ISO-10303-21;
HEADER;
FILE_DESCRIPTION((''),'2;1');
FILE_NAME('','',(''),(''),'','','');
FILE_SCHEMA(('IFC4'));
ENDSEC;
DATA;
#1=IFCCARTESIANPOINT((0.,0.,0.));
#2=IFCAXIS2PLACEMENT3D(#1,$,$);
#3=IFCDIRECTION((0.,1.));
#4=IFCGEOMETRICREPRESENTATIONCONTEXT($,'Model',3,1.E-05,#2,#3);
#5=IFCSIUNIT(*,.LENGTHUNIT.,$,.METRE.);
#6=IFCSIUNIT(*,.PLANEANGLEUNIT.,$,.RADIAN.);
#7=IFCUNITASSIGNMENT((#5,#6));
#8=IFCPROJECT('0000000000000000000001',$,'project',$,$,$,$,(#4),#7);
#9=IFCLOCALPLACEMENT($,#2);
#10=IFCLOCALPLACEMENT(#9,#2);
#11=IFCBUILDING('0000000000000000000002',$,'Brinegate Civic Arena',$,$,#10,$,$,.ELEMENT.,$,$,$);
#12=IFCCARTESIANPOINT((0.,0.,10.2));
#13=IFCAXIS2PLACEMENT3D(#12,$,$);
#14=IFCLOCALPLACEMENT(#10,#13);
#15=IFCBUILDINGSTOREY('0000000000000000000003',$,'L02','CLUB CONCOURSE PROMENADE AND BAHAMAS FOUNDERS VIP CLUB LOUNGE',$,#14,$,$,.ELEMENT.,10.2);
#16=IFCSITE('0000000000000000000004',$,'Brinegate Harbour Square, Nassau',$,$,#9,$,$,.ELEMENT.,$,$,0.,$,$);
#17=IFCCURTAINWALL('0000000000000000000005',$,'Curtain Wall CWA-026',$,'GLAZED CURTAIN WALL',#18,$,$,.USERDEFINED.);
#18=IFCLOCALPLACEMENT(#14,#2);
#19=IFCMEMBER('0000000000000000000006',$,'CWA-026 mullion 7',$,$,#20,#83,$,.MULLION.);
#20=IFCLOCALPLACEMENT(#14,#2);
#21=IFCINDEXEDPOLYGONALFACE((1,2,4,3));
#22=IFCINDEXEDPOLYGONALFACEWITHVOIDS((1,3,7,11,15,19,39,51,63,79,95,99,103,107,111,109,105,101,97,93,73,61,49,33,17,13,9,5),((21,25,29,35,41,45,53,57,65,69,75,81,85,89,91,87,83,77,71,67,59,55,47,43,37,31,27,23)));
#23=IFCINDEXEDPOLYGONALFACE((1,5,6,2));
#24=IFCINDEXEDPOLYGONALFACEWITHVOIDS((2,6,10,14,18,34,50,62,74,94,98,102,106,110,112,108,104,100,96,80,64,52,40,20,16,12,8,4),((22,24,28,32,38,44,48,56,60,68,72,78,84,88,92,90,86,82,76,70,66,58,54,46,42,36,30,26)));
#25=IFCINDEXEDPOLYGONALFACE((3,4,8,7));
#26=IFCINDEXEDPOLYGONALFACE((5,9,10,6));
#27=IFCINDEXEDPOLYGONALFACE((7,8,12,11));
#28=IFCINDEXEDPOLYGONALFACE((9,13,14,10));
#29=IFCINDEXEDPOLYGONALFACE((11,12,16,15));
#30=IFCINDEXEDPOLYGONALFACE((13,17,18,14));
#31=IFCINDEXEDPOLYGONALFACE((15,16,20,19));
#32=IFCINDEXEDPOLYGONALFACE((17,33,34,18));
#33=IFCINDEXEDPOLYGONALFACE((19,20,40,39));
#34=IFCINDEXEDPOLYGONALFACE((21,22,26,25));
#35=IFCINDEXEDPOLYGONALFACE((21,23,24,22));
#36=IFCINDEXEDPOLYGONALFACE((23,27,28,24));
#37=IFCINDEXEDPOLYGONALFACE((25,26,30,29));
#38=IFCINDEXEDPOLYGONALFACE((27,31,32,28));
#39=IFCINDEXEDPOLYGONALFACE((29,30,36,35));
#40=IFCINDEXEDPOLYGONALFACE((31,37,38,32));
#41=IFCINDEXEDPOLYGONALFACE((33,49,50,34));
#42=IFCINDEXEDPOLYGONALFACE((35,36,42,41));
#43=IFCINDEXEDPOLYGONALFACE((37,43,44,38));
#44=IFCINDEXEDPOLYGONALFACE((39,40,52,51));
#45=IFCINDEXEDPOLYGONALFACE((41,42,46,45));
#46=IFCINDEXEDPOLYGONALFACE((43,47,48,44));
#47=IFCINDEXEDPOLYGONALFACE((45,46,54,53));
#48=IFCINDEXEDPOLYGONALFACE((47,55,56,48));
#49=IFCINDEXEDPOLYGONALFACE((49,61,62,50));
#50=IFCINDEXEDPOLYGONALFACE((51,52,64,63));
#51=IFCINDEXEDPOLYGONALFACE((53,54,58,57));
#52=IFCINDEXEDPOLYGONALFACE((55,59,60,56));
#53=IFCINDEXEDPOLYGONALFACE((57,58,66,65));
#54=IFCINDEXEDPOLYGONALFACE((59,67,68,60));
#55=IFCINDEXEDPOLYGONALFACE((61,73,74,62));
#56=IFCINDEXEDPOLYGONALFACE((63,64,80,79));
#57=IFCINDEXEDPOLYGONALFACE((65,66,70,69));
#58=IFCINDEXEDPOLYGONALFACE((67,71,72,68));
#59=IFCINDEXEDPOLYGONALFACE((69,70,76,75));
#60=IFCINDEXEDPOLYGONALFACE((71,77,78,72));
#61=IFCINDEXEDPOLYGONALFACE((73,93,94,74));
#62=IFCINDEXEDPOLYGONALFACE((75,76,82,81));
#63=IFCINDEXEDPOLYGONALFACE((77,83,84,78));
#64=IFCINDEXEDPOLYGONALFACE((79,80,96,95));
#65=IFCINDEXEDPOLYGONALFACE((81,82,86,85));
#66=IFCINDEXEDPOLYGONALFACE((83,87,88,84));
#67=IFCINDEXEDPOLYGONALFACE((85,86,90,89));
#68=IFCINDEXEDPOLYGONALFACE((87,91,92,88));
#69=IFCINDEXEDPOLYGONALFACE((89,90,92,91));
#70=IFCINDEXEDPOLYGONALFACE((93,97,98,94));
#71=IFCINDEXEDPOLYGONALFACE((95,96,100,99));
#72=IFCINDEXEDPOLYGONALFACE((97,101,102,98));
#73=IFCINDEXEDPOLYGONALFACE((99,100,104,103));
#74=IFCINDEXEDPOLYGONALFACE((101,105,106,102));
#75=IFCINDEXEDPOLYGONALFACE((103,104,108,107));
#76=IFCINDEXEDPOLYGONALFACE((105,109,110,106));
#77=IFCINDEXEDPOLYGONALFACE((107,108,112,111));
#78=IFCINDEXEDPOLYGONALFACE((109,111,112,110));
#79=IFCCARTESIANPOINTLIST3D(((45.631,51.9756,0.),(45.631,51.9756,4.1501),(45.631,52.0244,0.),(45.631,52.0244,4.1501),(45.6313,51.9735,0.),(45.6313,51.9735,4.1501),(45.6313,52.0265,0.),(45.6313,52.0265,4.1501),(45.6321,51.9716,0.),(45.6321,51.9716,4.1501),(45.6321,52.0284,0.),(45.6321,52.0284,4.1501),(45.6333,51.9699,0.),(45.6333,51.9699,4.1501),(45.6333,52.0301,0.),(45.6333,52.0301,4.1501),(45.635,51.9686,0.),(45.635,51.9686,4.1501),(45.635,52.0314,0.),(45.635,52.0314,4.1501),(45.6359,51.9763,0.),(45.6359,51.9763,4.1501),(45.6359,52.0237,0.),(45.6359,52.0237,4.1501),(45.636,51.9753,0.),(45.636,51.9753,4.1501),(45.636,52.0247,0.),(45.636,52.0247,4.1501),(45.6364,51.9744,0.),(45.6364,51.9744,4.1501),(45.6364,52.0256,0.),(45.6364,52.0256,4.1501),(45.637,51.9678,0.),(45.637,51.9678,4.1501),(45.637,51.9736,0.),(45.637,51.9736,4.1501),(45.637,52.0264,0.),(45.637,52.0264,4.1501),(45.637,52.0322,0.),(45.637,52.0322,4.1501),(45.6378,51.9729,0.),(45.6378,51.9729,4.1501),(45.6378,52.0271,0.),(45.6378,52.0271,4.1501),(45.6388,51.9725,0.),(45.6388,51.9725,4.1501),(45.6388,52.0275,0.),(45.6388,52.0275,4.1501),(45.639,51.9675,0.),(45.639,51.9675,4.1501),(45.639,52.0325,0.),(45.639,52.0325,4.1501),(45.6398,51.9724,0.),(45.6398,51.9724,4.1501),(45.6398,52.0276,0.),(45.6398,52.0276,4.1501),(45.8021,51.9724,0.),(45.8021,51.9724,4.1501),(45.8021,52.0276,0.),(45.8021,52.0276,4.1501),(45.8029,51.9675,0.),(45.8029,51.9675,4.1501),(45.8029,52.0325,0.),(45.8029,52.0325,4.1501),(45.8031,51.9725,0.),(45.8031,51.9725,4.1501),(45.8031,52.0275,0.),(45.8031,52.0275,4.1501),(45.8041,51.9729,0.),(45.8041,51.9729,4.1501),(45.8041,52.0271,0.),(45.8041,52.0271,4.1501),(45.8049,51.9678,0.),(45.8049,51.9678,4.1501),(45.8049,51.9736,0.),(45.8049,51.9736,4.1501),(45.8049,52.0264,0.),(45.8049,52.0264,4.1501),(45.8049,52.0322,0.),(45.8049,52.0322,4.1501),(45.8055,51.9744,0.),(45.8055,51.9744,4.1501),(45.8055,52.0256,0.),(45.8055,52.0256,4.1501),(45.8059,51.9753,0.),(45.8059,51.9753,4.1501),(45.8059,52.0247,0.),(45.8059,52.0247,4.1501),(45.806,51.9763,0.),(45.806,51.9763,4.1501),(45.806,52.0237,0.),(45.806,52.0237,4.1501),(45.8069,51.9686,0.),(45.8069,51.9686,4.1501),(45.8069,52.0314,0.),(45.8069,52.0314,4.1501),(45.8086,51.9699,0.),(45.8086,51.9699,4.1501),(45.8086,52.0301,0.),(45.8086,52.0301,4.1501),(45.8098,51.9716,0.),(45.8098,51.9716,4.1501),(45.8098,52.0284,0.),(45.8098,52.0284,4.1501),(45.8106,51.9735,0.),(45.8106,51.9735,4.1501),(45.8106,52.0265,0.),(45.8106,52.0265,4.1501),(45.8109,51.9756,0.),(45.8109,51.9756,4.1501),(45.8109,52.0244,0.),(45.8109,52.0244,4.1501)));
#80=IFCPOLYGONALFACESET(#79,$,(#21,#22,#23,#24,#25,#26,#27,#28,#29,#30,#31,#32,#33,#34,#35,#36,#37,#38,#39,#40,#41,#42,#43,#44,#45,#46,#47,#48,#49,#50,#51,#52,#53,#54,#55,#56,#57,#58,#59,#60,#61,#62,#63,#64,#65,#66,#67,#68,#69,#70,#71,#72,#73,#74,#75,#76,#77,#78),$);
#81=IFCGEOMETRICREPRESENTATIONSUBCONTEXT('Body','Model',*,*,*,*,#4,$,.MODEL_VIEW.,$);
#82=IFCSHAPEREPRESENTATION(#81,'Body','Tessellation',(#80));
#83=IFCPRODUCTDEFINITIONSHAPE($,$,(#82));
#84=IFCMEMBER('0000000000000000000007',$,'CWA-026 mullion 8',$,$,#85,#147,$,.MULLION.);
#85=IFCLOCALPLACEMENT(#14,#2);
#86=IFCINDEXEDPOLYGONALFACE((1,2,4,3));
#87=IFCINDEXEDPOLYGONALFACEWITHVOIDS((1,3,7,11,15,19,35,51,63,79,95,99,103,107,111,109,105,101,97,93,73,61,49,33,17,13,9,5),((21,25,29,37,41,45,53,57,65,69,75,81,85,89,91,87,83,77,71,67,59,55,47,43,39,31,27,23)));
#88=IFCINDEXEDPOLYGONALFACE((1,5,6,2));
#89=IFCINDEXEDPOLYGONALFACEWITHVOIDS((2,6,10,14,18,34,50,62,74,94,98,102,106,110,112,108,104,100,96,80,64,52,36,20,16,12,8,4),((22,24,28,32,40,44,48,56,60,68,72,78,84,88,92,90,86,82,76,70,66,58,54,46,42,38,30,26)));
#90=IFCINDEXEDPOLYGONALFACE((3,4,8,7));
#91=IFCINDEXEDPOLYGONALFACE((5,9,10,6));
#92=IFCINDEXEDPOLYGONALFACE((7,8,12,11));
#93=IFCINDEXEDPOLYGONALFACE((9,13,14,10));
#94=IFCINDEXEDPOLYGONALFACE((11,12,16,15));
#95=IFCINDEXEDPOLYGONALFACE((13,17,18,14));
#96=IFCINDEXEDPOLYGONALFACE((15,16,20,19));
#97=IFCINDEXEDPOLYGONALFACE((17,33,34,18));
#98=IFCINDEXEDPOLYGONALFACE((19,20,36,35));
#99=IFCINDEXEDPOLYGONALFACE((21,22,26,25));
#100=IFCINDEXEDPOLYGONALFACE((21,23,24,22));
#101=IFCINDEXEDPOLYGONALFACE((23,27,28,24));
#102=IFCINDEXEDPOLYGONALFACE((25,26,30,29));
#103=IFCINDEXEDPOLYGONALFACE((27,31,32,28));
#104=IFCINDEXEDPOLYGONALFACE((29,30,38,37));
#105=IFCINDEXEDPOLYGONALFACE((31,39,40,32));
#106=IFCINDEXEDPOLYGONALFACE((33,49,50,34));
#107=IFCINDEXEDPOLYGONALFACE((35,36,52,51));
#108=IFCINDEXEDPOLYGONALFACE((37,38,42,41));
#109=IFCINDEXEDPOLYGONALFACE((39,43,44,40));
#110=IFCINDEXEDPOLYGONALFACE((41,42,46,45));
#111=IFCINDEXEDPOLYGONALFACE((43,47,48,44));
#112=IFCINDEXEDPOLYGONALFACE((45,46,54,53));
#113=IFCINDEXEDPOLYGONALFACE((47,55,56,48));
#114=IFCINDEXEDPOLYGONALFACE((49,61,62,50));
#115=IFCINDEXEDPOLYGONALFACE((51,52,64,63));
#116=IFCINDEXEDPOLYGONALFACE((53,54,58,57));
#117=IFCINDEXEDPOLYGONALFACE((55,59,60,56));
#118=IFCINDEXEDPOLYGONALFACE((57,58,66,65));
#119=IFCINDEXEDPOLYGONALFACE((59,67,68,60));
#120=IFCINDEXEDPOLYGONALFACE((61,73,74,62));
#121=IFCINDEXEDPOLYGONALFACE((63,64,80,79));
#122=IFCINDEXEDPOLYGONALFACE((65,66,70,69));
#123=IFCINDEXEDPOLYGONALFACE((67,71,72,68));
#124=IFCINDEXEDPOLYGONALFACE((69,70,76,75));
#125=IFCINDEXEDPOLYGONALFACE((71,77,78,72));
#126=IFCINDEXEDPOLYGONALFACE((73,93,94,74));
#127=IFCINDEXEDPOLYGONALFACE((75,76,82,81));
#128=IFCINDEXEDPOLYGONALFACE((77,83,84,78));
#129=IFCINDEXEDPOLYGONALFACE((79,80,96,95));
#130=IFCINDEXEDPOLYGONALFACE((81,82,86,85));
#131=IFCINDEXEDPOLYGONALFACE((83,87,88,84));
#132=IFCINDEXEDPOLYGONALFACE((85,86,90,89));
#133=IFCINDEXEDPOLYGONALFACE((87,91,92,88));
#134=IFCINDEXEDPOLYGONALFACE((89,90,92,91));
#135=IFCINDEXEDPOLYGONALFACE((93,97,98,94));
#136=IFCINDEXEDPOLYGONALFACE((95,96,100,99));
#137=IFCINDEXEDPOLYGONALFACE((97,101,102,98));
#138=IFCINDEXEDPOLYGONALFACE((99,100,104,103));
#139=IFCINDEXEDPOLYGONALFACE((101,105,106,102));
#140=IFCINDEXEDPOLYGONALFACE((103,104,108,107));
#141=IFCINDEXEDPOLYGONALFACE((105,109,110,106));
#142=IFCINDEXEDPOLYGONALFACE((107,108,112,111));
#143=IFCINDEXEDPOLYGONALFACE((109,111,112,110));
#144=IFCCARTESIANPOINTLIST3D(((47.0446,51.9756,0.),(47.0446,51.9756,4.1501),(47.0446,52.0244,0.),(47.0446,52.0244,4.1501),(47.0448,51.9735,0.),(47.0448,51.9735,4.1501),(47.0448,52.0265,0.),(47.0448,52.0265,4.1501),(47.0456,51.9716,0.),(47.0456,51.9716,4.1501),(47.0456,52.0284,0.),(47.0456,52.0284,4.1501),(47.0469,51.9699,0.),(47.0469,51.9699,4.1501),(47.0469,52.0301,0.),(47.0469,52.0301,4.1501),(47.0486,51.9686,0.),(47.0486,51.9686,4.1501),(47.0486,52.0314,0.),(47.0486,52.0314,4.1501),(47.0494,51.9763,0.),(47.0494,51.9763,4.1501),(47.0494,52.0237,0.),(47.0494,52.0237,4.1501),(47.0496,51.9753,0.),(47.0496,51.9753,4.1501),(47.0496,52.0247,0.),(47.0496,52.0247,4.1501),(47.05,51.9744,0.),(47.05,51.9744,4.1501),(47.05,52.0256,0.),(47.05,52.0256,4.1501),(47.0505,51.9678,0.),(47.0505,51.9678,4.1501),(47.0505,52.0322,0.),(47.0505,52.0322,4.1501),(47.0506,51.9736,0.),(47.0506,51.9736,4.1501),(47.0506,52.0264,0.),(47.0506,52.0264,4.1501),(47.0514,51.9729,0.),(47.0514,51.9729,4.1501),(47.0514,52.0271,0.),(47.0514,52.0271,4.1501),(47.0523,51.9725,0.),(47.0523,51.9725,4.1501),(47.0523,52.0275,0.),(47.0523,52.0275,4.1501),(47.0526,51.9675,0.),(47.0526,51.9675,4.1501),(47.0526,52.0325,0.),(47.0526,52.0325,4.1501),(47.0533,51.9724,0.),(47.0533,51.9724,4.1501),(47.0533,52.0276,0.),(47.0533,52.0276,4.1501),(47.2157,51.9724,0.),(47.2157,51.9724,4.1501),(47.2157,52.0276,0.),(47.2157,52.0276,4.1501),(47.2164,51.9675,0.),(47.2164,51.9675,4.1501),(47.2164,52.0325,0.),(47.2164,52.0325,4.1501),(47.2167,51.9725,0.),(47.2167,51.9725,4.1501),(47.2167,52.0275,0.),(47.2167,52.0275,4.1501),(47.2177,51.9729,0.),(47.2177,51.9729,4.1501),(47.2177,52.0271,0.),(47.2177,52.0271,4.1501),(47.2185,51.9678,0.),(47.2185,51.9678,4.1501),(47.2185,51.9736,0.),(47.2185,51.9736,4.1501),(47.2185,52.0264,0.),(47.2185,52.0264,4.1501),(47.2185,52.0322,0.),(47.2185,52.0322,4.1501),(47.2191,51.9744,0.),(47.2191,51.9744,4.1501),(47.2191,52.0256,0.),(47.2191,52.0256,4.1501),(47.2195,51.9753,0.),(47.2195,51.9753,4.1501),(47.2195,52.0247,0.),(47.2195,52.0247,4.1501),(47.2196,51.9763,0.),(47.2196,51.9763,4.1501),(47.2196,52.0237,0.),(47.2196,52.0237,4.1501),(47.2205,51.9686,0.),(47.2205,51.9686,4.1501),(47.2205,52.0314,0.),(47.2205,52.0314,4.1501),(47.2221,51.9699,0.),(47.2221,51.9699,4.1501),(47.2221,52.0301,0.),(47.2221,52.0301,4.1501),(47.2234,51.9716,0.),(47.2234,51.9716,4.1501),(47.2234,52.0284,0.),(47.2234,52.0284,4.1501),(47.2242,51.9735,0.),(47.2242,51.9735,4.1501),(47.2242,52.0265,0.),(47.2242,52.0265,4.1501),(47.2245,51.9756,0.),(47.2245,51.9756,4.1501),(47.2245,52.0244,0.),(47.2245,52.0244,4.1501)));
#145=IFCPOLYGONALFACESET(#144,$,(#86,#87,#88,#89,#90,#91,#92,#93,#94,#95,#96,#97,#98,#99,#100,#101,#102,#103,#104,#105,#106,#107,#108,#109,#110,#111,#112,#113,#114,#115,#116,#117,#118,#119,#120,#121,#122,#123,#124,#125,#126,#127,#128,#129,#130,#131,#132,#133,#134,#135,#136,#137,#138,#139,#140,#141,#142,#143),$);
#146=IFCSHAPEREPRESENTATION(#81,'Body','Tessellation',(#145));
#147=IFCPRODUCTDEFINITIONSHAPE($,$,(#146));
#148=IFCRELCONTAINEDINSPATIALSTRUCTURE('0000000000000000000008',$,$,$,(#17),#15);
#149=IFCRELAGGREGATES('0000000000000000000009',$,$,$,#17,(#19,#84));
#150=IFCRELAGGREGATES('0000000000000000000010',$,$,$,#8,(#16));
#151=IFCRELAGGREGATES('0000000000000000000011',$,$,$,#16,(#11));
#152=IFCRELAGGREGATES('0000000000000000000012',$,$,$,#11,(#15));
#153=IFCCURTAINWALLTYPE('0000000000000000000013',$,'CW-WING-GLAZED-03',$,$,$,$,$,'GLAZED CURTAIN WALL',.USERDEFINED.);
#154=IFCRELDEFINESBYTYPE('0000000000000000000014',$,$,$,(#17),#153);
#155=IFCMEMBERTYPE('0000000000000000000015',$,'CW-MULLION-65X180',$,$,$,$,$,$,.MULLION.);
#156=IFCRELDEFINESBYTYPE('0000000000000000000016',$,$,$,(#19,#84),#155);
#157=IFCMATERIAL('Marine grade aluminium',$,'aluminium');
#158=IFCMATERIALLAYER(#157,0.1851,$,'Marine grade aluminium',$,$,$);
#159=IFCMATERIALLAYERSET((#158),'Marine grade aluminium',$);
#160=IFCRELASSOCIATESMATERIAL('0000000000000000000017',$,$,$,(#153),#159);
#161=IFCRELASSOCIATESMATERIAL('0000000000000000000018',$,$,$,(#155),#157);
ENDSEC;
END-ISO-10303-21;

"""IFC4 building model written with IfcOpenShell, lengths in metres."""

from ifc_helpers import new_model, si_unit, direction, frame, origin, origin_2d, place, context, subcontext, project, spatial, hollow_rectangle, extrude, material, layer, layer_set, material_profile, profile_set, type_object, element, aggregate, save


model = new_model("IFC4")

# Units and contexts
model_context = context("Model", 3, precision=1e-05, world=origin(), true_north=direction((0.0, 1.0)))
body_context = subcontext(model_context, "Body", "Model", "MODEL_VIEW")
ifc_project = project(units=[si_unit("LENGTHUNIT", "METRE"), si_unit("PLANEANGLEUNIT", "RADIAN")], contexts=[model_context])

# Site, building, storey
site_placement = place(None, origin())
site = spatial("IfcSite", under=ifc_project, at=site_placement, Name="Brinegate Harbour Square, Nassau", CompositionType="ELEMENT", RefElevation=0.0)
building_placement = place(site_placement, origin())
building = spatial("IfcBuilding", under=site, at=building_placement, Name="Brinegate Civic Arena", CompositionType="ELEMENT")
storey_placement = place(building_placement, frame((0.0, 0.0, 10.2)))
storey = spatial("IfcBuildingStorey", under=building, at=storey_placement, Name="L02", Description="CLUB CONCOURSE PROMENADE AND BAHAMAS FOUNDERS VIP CLUB LOUNGE", CompositionType="ELEMENT", Elevation=10.2)

# Curtain wall, members
ifc_material_1 = material(Name="Marine grade aluminium", Category="aluminium")
ifc_layer_1 = layer(ifc_material_1, 0.1851, Name="Marine grade aluminium")
ifc_layer_set_1 = layer_set([ifc_layer_1], Name="Marine grade aluminium")
curtain_wall_type_1 = type_object("IfcCurtainWallType", Name="CW-WING-GLAZED-03", ElementType="GLAZED CURTAIN WALL", PredefinedType="USERDEFINED", material=ifc_layer_set_1)
curtain_wall_1_placement = place(storey_placement, origin())
curtain_wall_1 = element("IfcCurtainWall", 1, at=curtain_wall_1_placement, inside=storey, type_object=curtain_wall_type_1, Name="Curtain Wall CWA-026", ObjectType="GLAZED CURTAIN WALL", PredefinedType="USERDEFINED")
ifc_material_profile_1 = material_profile(ifc_material_1, hollow_rectangle(XDim=0.0649, YDim=0.1799, WallThickness=0.0049, InnerFilletRadius=0.0039, OuterFilletRadius=0.0081, at=origin_2d()), Name="MUL65X180")
ifc_profile_set_1 = profile_set([ifc_material_profile_1], Name="Marine grade aluminium")
member_type_1 = type_object("IfcMemberType", Name="CW-MULLION-65X180", PredefinedType="MULLION", material=ifc_profile_set_1)
member_1_placement = place(storey_placement, frame((45.7209, 52.0, 0.0), z_axis=(0.0, 0.0, 1.0), x_axis=(0.0, 1.0, 0.0)))
member_1 = element("IfcMember", 2, at=member_1_placement, type_object=member_type_1, Name="CWA-026 mullion 7", PredefinedType="MULLION", context=body_context, shape_type="SweptSolid", body=[
    extrude(hollow_rectangle(XDim=0.0649, YDim=0.1799, WallThickness=0.0049, InnerFilletRadius=0.0039, OuterFilletRadius=0.0081, at=origin_2d()), origin(), (0.0, 0.0, 1.0), 4.1501),
])
member_2_placement = place(storey_placement, frame((47.1345, 52.0, 0.0), z_axis=(0.0, 0.0, 1.0), x_axis=(0.0, 1.0, 0.0)))
member_2 = element("IfcMember", 3, at=member_2_placement, type_object=member_type_1, Name="CWA-026 mullion 8", PredefinedType="MULLION", context=body_context, shape_type="SweptSolid", body=[
    extrude(hollow_rectangle(XDim=0.0649, YDim=0.1799, WallThickness=0.0049, InnerFilletRadius=0.0039, OuterFilletRadius=0.0081, at=origin_2d()), origin(), (0.0, 0.0, 1.0), 4.1501),
])

aggregate(curtain_wall_1, [member_1, member_2])

save(model, "model.ifc")
